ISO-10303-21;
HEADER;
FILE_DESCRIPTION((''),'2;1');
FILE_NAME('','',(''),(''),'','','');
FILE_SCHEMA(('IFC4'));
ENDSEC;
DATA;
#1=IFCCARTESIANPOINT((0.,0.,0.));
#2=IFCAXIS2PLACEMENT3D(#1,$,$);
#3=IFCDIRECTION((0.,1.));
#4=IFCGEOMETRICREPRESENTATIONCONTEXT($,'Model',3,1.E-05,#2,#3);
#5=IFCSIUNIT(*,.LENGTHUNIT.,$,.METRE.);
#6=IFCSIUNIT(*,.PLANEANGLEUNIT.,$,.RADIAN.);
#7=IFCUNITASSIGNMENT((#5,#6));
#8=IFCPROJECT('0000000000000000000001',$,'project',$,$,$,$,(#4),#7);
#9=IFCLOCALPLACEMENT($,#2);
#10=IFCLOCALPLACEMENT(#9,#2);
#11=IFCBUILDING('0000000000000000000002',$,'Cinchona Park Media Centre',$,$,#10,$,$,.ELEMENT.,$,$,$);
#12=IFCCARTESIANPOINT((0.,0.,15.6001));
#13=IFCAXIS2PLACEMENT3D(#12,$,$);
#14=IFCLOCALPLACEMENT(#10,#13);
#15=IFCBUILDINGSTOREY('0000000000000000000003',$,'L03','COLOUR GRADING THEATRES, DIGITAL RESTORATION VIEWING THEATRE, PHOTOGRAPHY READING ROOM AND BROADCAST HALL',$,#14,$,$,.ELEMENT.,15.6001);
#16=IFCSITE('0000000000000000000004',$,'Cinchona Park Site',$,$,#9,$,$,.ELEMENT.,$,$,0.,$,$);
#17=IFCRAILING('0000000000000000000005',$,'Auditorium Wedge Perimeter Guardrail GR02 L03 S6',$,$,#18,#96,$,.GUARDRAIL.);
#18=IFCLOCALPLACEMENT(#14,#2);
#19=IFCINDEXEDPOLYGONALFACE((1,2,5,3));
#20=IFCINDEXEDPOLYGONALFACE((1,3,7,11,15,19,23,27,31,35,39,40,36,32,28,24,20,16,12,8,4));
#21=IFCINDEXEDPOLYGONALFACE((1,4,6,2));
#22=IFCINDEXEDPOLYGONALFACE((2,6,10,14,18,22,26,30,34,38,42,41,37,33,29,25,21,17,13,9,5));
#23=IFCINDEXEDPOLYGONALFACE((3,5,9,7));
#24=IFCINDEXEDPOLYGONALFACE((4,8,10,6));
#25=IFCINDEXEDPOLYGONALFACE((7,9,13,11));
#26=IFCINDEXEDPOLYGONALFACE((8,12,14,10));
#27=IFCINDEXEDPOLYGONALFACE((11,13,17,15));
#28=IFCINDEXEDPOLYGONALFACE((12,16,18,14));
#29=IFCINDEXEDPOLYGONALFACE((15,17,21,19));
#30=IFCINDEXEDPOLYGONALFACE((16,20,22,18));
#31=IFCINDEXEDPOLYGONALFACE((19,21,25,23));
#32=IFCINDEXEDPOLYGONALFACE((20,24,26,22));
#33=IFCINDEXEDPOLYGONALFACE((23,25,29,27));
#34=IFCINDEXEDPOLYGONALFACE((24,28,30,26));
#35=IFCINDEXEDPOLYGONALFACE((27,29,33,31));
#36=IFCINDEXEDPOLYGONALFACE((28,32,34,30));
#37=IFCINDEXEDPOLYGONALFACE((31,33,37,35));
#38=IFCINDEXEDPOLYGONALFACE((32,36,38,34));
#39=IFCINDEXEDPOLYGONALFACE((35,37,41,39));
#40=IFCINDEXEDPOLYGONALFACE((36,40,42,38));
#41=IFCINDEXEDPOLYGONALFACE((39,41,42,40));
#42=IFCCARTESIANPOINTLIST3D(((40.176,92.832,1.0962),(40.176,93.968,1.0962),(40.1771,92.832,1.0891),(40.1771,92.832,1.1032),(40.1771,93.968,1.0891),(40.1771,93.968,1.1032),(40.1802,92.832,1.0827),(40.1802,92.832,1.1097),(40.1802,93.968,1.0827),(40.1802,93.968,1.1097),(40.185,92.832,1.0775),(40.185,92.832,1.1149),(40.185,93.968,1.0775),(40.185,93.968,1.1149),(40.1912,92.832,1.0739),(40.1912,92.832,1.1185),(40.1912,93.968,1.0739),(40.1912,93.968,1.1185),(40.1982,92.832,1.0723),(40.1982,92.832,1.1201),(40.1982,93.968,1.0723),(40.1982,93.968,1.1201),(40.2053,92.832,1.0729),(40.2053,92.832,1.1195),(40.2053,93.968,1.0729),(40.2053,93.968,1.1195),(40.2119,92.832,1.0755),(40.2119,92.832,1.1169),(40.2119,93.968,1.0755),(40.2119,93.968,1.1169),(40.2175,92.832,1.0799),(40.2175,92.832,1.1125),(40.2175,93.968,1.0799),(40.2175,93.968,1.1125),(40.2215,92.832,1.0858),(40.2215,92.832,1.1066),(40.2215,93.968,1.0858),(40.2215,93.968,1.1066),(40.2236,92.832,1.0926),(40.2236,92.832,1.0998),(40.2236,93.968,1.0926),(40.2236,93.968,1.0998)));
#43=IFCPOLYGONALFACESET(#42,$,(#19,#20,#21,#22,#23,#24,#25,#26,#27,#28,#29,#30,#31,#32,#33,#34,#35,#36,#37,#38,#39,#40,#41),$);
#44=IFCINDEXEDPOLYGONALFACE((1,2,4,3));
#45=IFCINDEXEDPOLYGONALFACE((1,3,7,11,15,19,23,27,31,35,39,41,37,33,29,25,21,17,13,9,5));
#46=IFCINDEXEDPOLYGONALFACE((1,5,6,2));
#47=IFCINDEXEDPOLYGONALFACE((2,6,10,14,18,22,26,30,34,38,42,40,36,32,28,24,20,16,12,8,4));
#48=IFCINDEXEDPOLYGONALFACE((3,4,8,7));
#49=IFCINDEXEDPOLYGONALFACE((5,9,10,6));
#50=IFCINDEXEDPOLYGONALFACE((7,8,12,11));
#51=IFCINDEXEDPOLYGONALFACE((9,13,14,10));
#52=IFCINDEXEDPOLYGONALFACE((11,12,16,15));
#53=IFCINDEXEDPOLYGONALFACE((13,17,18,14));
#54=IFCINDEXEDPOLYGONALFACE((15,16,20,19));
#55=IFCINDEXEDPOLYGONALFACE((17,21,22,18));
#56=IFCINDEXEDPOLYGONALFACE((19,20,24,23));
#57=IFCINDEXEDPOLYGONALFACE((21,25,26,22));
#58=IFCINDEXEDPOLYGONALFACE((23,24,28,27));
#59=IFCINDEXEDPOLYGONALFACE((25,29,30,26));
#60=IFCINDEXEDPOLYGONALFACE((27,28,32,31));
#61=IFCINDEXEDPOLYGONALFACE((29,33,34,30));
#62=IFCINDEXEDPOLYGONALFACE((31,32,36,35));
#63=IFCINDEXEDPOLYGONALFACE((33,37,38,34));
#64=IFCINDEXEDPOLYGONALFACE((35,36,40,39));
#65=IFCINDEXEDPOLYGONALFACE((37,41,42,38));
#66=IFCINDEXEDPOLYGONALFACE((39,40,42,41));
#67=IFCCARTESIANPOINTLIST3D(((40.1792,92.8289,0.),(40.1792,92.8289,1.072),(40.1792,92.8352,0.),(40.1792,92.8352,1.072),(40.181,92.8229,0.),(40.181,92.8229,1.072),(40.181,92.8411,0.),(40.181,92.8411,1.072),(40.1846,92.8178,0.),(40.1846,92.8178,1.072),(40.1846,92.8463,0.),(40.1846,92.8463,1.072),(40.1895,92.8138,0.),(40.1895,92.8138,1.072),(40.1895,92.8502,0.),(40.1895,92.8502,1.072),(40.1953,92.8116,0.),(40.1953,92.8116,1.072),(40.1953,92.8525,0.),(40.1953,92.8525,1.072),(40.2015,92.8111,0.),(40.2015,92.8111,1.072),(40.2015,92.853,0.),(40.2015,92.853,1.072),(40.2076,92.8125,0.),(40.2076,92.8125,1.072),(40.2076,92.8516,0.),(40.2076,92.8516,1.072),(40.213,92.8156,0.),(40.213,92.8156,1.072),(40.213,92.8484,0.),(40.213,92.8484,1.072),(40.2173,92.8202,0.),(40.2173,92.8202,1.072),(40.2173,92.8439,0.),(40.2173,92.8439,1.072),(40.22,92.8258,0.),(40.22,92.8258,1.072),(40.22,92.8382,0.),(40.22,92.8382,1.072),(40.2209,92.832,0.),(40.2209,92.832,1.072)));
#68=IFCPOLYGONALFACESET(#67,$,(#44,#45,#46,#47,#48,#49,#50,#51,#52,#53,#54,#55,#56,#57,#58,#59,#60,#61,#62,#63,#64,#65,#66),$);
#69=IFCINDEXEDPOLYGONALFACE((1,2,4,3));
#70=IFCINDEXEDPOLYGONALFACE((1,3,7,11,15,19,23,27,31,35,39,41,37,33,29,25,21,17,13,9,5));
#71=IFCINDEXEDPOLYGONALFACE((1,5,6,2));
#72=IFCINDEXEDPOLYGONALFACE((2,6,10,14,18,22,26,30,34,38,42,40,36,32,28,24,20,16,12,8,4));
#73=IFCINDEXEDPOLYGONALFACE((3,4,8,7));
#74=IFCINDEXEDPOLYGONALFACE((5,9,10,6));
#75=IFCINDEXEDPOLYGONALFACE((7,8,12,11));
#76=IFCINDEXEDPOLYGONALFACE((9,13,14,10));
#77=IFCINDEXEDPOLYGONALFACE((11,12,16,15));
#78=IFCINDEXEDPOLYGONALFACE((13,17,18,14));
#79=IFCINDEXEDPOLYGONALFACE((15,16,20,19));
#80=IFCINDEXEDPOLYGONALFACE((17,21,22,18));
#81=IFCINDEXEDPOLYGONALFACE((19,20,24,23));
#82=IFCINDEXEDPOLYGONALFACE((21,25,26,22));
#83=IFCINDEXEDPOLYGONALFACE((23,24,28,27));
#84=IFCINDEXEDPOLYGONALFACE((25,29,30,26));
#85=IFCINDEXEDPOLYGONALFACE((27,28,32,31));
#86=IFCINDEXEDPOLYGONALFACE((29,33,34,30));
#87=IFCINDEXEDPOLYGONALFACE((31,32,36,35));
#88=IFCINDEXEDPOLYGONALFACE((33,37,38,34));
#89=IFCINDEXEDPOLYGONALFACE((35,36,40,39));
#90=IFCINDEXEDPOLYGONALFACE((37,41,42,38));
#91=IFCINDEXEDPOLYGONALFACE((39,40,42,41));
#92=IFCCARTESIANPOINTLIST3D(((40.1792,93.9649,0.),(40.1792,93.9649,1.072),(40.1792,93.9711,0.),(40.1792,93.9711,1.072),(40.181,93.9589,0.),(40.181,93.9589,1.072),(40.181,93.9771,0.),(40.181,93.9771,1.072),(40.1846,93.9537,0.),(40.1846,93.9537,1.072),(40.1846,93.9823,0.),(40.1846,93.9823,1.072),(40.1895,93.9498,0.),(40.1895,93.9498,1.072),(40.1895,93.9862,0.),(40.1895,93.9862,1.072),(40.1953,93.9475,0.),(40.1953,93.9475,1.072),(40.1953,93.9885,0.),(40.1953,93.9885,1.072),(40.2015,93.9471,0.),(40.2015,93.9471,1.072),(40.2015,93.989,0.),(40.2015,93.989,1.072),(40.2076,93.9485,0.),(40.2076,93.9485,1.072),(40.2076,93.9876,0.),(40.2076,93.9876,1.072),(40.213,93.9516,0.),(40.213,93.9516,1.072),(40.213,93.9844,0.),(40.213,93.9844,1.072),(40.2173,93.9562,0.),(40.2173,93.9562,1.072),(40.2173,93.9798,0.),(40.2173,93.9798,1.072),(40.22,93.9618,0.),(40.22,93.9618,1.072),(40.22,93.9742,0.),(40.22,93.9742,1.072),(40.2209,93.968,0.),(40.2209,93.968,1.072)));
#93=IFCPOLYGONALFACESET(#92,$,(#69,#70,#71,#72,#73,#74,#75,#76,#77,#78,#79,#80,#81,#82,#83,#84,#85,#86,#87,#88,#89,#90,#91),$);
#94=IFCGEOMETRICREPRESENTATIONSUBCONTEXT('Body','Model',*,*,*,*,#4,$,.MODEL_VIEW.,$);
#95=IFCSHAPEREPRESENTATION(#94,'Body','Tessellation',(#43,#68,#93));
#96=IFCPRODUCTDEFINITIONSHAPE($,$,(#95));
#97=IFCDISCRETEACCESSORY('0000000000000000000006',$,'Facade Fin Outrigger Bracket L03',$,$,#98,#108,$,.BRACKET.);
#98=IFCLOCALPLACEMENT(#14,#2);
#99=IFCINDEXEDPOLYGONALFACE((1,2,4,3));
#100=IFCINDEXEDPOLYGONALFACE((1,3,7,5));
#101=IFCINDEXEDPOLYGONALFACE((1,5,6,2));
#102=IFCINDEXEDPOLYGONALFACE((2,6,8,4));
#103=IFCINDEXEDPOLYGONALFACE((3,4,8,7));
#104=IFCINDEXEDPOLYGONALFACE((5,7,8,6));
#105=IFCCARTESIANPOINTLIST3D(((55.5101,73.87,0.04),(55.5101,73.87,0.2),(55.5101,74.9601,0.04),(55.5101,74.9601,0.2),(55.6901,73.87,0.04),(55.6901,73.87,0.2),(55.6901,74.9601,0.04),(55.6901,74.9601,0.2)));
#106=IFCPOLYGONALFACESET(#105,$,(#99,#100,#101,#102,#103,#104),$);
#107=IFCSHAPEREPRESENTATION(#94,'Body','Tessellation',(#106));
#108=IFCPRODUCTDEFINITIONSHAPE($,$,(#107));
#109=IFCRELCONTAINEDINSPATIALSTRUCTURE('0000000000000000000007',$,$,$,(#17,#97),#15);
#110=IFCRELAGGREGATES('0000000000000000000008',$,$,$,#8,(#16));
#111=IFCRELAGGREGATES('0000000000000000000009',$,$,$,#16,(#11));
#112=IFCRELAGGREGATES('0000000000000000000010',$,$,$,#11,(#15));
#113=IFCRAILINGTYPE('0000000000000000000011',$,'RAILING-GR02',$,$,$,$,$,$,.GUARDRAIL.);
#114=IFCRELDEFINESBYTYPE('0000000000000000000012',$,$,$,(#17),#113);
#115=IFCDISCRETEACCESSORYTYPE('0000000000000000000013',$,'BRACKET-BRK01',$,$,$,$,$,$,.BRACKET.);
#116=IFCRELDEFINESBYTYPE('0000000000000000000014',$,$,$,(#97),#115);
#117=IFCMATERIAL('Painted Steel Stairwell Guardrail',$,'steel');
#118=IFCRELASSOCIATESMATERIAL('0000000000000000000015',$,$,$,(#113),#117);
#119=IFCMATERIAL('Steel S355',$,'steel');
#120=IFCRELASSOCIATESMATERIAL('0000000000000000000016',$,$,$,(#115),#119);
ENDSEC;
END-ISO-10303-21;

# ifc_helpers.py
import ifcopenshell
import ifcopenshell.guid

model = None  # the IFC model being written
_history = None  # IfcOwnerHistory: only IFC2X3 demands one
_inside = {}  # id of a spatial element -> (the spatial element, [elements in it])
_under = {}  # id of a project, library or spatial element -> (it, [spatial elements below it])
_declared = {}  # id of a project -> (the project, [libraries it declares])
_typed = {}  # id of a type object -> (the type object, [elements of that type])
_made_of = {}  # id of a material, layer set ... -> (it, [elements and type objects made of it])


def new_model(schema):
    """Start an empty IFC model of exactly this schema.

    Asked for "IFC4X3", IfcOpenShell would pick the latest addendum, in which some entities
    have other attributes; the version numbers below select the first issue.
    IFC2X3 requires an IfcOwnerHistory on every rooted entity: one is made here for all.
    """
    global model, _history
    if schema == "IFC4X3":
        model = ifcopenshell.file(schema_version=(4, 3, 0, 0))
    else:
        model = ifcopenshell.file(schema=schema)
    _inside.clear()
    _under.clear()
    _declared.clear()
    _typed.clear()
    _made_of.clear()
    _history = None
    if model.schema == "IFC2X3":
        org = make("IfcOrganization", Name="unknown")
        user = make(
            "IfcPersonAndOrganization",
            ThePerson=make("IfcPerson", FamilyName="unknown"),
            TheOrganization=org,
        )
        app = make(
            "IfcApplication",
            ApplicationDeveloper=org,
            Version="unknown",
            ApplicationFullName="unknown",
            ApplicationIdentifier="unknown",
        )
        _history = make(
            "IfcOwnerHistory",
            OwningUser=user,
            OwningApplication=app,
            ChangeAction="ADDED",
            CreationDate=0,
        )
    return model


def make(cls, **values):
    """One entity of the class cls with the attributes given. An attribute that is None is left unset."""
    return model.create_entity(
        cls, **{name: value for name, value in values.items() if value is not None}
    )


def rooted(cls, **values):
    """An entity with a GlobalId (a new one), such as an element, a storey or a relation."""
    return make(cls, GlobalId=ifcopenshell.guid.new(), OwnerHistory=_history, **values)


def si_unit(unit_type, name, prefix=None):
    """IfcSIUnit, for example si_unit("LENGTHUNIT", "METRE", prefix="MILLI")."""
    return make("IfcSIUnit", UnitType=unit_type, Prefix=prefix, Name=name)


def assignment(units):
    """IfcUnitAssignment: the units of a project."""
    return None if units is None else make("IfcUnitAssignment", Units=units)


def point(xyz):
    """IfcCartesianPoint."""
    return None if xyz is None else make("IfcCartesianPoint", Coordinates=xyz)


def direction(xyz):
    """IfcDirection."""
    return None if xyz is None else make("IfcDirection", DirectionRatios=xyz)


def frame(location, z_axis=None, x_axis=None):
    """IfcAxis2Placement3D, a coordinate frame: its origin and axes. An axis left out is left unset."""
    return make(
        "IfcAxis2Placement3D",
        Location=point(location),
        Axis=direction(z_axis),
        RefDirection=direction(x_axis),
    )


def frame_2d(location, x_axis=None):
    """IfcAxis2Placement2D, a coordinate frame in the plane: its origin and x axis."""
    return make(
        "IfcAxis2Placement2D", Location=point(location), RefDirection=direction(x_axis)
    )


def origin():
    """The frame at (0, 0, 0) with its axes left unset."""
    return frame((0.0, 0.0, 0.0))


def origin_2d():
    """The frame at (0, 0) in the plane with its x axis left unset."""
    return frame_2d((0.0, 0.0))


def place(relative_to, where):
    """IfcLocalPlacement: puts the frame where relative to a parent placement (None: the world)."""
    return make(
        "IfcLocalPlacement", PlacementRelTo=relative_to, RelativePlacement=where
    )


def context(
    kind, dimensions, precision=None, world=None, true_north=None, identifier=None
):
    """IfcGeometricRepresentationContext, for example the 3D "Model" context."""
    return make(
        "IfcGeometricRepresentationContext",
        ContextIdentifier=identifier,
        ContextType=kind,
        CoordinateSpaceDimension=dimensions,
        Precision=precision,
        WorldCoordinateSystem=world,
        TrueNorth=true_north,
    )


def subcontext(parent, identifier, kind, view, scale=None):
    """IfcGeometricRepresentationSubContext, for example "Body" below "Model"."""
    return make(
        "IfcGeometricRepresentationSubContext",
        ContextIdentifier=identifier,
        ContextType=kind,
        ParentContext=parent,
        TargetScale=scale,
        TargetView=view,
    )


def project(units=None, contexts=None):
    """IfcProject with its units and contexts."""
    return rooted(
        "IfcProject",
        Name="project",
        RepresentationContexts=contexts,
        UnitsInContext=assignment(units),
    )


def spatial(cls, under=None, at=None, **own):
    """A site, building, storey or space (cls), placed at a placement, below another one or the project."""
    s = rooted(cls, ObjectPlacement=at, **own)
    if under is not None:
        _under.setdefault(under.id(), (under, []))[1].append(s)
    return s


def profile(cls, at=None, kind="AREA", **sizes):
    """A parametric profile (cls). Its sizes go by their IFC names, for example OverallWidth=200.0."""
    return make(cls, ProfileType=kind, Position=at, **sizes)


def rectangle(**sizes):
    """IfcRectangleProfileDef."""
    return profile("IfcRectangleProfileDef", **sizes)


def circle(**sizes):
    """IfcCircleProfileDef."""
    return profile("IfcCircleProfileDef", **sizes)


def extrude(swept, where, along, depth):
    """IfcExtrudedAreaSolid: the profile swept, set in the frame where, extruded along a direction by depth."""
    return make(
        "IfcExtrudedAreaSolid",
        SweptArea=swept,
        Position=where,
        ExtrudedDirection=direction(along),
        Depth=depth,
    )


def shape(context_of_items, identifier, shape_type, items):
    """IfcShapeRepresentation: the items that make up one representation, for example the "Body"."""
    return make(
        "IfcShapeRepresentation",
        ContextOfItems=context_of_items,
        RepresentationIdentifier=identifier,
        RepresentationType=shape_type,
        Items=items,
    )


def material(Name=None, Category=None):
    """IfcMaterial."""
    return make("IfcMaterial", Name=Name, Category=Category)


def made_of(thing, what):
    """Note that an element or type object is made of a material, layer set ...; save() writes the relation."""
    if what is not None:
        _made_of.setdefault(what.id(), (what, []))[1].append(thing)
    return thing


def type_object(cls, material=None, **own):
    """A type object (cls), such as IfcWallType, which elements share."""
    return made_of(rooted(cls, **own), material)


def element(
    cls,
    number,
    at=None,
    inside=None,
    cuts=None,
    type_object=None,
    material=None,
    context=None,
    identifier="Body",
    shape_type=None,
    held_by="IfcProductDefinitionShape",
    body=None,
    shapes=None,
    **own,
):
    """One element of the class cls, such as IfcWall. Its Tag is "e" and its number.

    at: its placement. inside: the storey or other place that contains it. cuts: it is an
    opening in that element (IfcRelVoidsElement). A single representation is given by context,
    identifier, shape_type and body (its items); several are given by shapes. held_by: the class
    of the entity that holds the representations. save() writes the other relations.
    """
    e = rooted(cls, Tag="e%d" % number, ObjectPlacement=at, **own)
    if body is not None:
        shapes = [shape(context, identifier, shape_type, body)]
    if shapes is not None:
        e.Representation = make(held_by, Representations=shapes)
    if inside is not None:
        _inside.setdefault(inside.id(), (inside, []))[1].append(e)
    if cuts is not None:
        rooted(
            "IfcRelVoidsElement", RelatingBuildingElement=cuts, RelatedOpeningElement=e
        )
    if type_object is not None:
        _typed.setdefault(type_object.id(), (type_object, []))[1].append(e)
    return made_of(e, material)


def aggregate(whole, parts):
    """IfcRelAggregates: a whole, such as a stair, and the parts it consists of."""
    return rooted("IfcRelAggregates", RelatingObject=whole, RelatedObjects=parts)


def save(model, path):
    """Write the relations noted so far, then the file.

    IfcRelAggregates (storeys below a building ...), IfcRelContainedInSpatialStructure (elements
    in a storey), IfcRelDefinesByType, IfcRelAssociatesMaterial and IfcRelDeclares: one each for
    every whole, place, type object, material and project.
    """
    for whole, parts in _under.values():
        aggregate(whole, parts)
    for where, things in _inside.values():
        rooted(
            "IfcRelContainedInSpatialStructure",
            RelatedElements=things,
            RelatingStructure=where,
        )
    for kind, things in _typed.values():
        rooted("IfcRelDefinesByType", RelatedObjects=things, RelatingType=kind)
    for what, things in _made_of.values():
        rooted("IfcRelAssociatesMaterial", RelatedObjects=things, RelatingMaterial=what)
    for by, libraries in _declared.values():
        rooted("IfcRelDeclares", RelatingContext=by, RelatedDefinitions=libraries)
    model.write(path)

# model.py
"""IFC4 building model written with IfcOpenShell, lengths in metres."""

from ifc_helpers import new_model, si_unit, direction, frame, origin, origin_2d, place, context, subcontext, project, spatial, rectangle, circle, extrude, material, type_object, element, save


model = new_model("IFC4")

# Units and contexts
model_context = context("Model", 3, precision=1e-05, world=origin(), true_north=direction((0.0, 1.0)))
body_context = subcontext(model_context, "Body", "Model", "MODEL_VIEW")
ifc_project = project(units=[si_unit("LENGTHUNIT", "METRE"), si_unit("PLANEANGLEUNIT", "RADIAN")], contexts=[model_context])

# Site, building, storey
site_placement = place(None, origin())
site = spatial("IfcSite", under=ifc_project, at=site_placement, Name="Cinchona Park Site", CompositionType="ELEMENT", RefElevation=0.0)
building_placement = place(site_placement, origin())
building = spatial("IfcBuilding", under=site, at=building_placement, Name="Cinchona Park Media Centre", CompositionType="ELEMENT")
storey_placement = place(building_placement, frame((0.0, 0.0, 15.6001)))
storey = spatial("IfcBuildingStorey", under=building, at=storey_placement, Name="L03", Description="COLOUR GRADING THEATRES, DIGITAL RESTORATION VIEWING THEATRE, PHOTOGRAPHY READING ROOM AND BROADCAST HALL", CompositionType="ELEMENT", Elevation=15.6001)

# Railing
ifc_material_1 = material(Name="Painted Steel Stairwell Guardrail", Category="steel")
railing_type = type_object("IfcRailingType", Name="RAILING-GR02", PredefinedType="GUARDRAIL", material=ifc_material_1)
railing_1_placement = place(storey_placement, frame((40.2, 92.832, 0.0)))
element("IfcRailing", 1, at=railing_1_placement, inside=storey, type_object=railing_type, Name="Auditorium Wedge Perimeter Guardrail GR02 L03 S6", PredefinedType="GUARDRAIL", context=body_context, shape_type="SweptSolid", body=[
    extrude(circle(Radius=0.0239, at=origin_2d()), frame((0.0, 0.0, 1.0962), z_axis=(0.0, 1.0, 0.0), x_axis=(-1.0, 0.0, 0.0)), (0.0, 0.0, 1.0), 1.136),
    extrude(circle(Radius=0.021, at=origin_2d()), origin(), (0.0, 0.0, 1.0), 1.072),
    extrude(circle(Radius=0.021, at=origin_2d()), frame((0.0, 1.136, 0.0)), (0.0, 0.0, 1.0), 1.072),
])

# Discrete accessory
ifc_material_2 = material(Name="Steel S355", Category="steel")
discrete_accessory_type = type_object("IfcDiscreteAccessoryType", Name="BRACKET-BRK01", PredefinedType="BRACKET", material=ifc_material_2)
discrete_accessory_placement = place(storey_placement, frame((55.6001, 74.415, 0.04), z_axis=(0.0, 0.0, 1.0), x_axis=(1.0, 0.0, 0.0)))
element("IfcDiscreteAccessory", 2, at=discrete_accessory_placement, inside=storey, type_object=discrete_accessory_type, Name="Facade Fin Outrigger Bracket L03", PredefinedType="BRACKET", context=body_context, shape_type="SweptSolid", body=[
    extrude(rectangle(XDim=0.1799, YDim=1.0901, at=origin_2d()), origin(), (0.0, 0.0, 1.0), 0.1599),
])

save(model, "model.ifc")
